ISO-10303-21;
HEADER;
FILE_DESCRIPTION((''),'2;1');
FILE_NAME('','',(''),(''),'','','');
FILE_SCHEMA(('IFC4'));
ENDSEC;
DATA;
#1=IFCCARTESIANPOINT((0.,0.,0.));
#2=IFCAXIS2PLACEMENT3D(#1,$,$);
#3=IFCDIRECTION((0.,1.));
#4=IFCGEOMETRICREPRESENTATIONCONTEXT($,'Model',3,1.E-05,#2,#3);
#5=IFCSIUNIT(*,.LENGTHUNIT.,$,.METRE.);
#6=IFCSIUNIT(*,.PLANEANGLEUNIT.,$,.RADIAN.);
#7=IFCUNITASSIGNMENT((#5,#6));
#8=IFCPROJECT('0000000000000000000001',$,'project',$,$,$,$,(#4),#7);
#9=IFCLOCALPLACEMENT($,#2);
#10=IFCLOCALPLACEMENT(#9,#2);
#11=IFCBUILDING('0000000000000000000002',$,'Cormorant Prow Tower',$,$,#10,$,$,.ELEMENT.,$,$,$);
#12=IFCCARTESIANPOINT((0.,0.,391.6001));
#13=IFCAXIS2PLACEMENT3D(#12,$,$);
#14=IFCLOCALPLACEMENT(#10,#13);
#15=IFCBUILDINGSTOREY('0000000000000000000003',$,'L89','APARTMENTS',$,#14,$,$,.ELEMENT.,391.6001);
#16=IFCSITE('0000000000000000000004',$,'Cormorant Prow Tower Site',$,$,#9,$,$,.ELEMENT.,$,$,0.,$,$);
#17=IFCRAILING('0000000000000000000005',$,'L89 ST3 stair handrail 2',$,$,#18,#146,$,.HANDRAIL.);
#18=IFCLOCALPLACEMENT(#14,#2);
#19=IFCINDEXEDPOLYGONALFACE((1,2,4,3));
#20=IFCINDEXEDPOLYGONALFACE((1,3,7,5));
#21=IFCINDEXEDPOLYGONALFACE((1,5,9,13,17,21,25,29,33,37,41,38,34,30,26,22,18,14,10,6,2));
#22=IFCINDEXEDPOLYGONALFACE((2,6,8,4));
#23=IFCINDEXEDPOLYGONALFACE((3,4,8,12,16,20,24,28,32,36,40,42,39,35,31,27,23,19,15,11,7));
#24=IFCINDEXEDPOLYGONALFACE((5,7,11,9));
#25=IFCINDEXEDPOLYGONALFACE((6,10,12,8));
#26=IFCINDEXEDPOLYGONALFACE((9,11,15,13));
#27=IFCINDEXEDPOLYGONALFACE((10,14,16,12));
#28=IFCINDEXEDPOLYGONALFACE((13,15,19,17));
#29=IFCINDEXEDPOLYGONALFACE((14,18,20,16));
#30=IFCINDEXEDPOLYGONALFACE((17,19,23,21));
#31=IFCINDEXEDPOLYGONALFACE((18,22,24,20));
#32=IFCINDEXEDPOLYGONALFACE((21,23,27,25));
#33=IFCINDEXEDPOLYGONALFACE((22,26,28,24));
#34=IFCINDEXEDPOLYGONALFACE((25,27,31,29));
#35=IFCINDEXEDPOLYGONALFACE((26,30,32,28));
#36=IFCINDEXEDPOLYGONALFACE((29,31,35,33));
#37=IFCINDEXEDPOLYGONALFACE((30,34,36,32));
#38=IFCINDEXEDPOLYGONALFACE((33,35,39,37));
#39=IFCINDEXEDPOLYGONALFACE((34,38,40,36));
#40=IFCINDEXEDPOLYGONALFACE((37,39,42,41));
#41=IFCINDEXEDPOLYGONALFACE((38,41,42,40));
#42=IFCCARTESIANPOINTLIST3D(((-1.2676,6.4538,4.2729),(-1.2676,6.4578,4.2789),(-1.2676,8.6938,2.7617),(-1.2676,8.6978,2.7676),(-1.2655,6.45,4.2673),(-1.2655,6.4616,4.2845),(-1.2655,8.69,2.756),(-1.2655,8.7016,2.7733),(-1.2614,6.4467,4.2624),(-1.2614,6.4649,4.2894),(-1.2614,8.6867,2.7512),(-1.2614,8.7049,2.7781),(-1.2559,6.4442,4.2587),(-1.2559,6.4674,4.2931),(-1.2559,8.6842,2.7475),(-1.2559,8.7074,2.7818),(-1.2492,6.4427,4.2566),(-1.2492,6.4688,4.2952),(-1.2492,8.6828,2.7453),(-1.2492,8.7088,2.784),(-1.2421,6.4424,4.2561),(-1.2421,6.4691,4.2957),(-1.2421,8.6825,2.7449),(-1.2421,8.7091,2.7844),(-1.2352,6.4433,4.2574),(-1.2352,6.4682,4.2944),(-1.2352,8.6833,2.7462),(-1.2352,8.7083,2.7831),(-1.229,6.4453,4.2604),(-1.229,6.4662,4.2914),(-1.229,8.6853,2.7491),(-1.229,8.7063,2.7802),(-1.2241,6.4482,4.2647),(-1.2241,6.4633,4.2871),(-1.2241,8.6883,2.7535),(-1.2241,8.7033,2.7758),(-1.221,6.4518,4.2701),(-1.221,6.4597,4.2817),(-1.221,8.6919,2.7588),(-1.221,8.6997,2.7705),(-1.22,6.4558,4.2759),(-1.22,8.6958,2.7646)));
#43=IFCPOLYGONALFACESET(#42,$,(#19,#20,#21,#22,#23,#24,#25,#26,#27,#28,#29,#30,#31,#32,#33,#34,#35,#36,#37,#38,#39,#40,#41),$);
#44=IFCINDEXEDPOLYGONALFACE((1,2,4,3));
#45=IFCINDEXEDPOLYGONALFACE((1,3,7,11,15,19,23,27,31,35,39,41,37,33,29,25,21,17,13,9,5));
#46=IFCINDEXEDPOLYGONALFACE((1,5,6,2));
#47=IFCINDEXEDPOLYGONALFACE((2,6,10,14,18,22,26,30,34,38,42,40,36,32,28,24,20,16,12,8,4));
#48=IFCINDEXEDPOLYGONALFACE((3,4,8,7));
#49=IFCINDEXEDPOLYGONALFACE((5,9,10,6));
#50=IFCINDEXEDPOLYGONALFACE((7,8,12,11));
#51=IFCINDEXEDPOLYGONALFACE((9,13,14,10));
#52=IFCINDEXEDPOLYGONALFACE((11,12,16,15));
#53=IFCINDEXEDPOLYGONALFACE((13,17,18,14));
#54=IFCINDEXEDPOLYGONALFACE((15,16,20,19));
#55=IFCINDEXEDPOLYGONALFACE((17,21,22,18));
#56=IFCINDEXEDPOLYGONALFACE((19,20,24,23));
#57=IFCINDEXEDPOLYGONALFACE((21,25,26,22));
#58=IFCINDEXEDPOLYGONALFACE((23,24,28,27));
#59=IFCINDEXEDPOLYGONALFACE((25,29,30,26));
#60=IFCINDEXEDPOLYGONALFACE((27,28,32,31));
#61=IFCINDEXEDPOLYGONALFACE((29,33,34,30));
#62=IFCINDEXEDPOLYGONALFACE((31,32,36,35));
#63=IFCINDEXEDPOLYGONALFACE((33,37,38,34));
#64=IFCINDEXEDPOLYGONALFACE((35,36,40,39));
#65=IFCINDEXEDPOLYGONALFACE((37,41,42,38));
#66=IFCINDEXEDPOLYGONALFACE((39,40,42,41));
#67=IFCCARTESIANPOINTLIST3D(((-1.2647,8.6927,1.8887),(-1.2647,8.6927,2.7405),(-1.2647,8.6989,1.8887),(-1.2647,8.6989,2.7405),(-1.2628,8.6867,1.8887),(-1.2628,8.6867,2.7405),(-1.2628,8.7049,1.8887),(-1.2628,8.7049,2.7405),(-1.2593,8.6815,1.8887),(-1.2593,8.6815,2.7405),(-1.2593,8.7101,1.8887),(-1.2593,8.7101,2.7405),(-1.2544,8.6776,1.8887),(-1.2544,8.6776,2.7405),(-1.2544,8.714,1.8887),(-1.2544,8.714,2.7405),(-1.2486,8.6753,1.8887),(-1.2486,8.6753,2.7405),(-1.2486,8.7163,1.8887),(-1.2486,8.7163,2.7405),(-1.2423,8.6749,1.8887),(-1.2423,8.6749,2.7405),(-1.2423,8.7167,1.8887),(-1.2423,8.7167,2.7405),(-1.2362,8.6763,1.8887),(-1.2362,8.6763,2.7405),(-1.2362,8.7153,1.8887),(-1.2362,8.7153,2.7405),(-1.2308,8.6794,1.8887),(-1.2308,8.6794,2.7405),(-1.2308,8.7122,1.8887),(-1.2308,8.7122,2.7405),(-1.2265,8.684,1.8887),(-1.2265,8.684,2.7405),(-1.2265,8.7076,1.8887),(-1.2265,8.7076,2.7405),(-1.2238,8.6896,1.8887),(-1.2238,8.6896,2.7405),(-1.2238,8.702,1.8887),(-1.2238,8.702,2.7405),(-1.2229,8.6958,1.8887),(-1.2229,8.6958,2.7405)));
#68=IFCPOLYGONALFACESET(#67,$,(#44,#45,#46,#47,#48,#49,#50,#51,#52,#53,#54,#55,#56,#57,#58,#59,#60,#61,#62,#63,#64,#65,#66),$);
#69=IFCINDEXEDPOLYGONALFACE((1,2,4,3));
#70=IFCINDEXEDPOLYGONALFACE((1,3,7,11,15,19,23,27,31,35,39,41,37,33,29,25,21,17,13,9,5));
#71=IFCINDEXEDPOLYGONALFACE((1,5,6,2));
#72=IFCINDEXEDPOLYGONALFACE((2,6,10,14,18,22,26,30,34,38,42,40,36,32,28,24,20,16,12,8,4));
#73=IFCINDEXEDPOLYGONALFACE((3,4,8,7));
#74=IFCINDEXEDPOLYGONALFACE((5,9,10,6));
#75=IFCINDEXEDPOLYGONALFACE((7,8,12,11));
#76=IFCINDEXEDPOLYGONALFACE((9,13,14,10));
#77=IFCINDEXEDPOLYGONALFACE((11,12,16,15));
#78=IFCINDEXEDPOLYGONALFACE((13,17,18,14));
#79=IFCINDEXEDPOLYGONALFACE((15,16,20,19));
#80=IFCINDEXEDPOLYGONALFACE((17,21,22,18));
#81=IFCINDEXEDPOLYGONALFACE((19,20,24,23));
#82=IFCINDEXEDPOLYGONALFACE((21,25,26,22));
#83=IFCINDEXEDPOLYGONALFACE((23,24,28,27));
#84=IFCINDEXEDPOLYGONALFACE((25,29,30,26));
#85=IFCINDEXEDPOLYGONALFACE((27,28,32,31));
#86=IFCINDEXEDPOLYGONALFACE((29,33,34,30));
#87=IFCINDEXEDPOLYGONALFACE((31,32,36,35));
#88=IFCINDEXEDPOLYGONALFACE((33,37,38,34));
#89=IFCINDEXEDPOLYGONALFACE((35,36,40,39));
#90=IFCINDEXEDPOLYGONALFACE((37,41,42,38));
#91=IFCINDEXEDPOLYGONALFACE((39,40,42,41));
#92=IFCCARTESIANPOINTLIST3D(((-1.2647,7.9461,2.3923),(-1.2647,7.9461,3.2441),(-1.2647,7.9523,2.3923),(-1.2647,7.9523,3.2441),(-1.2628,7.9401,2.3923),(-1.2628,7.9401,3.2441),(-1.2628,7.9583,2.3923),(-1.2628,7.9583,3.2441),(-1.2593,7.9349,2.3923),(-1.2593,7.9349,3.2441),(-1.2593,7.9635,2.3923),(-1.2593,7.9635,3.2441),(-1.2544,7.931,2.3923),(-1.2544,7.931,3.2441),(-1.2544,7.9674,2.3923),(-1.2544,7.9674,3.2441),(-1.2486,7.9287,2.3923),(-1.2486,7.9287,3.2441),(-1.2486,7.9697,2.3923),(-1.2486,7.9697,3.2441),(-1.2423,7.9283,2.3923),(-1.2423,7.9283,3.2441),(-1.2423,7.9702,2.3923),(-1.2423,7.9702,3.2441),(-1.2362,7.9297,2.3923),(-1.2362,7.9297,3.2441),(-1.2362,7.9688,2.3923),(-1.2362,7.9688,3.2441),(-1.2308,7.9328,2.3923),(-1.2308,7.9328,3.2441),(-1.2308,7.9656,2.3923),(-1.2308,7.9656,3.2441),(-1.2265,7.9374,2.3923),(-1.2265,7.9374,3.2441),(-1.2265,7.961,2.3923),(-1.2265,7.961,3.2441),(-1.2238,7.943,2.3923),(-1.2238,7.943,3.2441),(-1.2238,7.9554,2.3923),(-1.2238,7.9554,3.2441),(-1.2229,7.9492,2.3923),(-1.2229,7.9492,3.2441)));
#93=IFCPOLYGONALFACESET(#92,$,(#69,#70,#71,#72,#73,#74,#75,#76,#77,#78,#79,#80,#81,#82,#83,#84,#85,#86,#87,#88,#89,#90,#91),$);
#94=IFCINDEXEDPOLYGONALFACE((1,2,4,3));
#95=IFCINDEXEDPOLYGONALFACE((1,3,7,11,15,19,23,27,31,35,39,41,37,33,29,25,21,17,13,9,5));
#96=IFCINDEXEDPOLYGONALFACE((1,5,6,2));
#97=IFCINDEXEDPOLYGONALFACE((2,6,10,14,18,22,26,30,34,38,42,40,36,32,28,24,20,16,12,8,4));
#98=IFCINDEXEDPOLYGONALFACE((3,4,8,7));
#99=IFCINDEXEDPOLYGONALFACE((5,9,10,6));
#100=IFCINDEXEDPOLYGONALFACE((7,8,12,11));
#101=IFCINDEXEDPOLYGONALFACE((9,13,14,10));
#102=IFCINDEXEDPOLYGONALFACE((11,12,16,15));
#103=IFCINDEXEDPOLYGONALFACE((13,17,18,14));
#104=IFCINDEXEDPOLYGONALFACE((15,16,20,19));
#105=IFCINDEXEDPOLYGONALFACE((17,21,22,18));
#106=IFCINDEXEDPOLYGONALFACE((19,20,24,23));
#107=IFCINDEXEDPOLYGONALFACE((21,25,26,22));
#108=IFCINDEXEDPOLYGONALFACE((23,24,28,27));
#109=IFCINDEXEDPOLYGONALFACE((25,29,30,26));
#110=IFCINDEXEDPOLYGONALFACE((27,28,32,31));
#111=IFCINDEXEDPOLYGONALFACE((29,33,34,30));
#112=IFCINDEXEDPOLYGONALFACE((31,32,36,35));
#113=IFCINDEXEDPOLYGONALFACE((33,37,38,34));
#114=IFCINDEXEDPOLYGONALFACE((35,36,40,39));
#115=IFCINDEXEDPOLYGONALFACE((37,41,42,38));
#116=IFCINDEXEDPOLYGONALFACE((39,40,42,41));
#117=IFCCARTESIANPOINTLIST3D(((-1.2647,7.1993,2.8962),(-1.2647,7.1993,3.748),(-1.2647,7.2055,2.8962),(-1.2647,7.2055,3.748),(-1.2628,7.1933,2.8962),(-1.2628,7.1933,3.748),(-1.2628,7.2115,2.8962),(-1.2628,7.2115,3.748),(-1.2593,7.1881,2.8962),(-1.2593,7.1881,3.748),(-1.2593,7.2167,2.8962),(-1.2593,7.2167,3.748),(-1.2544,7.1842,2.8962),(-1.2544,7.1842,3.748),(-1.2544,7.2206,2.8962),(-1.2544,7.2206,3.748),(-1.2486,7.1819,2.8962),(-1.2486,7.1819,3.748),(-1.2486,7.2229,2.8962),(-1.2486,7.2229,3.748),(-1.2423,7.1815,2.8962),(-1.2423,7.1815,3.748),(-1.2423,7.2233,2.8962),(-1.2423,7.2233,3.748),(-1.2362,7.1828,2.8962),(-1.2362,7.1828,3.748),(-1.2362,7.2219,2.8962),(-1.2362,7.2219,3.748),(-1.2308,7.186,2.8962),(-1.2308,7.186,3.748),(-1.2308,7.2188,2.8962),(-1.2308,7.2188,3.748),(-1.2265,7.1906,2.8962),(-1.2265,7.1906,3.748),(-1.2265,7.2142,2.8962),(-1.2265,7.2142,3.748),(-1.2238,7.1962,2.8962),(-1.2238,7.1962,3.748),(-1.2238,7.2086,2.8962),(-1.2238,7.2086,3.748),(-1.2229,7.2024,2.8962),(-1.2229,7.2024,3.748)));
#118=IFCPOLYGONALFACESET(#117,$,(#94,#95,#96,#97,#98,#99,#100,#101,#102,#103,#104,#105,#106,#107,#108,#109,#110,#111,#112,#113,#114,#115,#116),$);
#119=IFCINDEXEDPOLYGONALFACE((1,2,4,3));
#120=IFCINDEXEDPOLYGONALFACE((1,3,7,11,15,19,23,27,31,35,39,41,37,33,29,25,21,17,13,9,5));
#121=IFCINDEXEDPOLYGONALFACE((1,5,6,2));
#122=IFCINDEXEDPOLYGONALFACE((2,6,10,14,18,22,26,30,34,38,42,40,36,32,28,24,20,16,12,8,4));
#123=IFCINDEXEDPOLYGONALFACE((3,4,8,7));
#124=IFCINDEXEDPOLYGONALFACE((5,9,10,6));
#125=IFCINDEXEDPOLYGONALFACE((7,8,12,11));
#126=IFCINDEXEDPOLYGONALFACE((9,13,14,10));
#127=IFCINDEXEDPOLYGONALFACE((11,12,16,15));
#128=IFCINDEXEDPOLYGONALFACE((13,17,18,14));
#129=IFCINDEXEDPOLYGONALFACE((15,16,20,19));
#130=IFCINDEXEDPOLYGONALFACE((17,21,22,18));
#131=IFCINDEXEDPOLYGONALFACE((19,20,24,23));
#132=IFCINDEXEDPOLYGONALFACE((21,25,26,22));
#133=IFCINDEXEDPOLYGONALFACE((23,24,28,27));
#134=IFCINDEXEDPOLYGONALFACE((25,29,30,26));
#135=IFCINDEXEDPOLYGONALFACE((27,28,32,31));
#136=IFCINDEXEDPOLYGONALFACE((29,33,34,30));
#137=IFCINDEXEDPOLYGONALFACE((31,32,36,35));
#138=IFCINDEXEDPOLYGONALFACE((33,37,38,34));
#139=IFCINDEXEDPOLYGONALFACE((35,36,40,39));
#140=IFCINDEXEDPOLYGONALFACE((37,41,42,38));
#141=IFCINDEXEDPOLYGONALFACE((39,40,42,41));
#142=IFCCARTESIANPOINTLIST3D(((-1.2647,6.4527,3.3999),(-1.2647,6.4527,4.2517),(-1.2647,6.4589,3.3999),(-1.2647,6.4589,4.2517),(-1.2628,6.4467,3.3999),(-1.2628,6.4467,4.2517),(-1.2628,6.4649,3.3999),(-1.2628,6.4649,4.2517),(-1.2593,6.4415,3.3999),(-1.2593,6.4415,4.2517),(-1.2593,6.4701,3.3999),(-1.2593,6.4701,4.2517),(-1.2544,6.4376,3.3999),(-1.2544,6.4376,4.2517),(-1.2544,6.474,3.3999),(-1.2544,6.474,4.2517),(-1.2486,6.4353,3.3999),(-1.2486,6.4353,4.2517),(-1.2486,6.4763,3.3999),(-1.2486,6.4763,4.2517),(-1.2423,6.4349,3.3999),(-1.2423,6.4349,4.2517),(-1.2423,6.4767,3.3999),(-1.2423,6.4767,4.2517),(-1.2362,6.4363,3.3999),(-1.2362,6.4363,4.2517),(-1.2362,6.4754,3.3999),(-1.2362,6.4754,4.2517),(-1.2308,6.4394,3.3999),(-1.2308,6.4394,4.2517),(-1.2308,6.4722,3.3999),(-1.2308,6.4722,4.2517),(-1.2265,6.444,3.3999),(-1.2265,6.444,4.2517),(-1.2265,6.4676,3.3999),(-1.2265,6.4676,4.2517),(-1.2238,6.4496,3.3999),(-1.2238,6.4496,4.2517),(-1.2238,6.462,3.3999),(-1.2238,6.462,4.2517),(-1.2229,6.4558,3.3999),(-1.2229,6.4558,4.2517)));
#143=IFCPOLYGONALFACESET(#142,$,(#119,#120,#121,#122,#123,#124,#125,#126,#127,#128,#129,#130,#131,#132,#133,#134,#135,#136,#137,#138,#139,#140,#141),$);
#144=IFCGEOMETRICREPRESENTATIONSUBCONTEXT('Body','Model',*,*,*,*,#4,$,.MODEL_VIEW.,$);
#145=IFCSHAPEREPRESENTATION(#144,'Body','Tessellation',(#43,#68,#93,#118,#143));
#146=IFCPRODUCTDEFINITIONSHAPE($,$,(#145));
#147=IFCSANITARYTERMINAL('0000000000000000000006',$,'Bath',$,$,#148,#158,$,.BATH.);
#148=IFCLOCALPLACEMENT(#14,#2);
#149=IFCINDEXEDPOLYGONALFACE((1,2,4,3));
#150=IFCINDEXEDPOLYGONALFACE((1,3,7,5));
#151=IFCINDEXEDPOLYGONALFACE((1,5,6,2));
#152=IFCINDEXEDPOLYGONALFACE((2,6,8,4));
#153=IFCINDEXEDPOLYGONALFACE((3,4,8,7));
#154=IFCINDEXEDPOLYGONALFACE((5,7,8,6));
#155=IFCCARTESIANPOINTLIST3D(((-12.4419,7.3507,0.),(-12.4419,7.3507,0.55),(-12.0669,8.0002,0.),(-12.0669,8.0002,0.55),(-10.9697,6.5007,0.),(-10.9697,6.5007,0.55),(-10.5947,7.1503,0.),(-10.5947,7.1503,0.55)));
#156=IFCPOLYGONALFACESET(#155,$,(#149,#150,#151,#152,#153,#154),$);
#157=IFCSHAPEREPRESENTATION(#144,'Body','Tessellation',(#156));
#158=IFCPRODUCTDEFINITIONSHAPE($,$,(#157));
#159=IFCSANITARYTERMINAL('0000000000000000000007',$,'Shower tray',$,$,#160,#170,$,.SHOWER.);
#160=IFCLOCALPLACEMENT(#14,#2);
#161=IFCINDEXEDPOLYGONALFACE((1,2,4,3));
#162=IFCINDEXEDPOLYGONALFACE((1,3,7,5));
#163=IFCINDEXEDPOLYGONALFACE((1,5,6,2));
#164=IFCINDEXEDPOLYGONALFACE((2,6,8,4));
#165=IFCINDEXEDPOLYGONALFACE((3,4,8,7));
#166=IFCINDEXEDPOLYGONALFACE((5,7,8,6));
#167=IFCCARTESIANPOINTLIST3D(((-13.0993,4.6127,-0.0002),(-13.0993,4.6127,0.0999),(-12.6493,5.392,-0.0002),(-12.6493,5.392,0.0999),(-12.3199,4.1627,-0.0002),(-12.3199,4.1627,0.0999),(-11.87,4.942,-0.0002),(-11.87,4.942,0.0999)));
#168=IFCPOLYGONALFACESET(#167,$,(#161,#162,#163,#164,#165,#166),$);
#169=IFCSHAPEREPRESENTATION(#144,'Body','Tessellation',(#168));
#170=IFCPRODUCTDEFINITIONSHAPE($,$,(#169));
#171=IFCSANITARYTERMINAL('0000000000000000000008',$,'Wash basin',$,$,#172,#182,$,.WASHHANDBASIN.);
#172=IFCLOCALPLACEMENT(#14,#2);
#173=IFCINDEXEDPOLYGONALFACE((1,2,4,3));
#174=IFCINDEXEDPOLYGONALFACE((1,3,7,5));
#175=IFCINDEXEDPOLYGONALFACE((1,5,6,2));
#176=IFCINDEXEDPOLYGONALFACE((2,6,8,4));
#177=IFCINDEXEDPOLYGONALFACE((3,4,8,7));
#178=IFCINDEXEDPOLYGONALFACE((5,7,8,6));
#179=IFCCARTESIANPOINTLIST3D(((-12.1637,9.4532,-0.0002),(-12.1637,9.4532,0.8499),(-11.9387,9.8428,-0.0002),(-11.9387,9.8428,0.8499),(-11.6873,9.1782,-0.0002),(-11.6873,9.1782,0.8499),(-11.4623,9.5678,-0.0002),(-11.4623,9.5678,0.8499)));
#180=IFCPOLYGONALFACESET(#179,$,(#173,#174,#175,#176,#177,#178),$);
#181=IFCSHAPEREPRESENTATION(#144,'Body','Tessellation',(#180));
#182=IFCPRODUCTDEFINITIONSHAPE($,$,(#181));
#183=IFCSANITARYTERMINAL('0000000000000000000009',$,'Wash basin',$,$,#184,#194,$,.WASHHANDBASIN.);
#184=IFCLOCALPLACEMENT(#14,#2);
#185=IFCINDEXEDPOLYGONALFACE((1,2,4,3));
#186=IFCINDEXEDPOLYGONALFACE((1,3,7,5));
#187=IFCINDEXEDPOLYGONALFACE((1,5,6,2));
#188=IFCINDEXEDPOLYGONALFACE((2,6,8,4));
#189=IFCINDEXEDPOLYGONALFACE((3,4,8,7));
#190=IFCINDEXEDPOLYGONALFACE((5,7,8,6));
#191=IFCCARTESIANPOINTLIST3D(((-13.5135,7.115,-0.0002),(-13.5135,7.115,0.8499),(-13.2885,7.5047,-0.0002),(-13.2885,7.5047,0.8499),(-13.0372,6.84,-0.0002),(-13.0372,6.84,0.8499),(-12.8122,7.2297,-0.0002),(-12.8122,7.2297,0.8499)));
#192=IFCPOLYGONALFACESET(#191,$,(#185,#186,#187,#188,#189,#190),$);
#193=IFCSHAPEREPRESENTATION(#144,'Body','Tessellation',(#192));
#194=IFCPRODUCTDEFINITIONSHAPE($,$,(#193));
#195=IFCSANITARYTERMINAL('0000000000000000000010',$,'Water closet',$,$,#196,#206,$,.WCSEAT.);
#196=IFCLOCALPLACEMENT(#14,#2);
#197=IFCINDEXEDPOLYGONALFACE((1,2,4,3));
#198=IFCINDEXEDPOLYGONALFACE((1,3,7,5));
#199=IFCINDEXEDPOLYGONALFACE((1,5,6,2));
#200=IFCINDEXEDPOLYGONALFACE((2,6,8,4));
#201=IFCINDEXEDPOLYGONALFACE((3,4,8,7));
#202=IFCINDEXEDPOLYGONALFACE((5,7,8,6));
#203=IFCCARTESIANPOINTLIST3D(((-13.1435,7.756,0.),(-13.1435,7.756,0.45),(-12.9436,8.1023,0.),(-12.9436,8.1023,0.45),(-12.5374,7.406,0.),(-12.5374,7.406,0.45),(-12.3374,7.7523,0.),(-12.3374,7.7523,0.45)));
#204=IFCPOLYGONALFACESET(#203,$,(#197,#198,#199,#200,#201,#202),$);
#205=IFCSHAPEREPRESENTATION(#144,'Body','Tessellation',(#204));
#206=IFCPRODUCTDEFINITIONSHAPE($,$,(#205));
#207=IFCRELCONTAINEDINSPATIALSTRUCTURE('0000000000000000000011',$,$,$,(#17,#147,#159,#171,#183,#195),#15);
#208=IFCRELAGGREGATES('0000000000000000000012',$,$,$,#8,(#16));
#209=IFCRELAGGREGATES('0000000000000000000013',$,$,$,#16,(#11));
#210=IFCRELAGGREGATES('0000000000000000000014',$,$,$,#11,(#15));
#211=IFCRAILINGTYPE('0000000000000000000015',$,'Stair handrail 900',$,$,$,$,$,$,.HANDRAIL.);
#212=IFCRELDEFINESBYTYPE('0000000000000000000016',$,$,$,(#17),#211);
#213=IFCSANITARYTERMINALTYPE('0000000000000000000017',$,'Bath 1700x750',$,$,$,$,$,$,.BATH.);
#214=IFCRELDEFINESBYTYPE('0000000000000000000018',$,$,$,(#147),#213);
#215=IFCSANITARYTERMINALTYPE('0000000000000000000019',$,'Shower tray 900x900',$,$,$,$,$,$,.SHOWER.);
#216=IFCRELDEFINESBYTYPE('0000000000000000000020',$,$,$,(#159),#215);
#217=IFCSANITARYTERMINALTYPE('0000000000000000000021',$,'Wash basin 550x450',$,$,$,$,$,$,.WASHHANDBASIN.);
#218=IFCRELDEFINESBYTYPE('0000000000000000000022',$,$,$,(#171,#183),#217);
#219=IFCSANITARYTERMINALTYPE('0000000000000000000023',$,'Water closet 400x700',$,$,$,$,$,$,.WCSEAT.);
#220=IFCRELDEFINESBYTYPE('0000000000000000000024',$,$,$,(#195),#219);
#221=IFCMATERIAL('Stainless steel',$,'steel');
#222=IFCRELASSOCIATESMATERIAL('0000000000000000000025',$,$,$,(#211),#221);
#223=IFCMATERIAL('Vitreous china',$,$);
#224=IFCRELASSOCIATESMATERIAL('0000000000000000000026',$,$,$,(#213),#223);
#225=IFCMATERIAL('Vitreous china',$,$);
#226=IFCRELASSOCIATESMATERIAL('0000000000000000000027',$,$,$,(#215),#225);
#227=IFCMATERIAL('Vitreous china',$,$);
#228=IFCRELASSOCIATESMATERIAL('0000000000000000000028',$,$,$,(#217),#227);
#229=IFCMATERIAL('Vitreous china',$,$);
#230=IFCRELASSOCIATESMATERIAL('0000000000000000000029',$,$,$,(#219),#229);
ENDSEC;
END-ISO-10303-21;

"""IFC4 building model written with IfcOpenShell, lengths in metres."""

from ifc_helpers import new_model, si_unit, direction, frame, origin, origin_2d, place, context, subcontext, project, spatial, rectangle, circle, extrude, material, type_object, element, save


model = new_model("IFC4")

# Units and contexts
model_context = context("Model", 3, precision=1e-05, world=origin(), true_north=direction((0.0, 1.0)))
body_context = subcontext(model_context, "Body", "Model", "MODEL_VIEW")
ifc_project = project(units=[si_unit("LENGTHUNIT", "METRE"), si_unit("PLANEANGLEUNIT", "RADIAN")], contexts=[model_context])

# Site, building, storey
site_placement = place(None, origin())
site = spatial("IfcSite", under=ifc_project, at=site_placement, Name="Cormorant Prow Tower Site", CompositionType="ELEMENT", RefElevation=0.0)
building_placement = place(site_placement, origin())
building = spatial("IfcBuilding", under=site, at=building_placement, Name="Cormorant Prow Tower", CompositionType="ELEMENT")
storey_placement = place(building_placement, frame((0.0, 0.0, 391.6001)))
storey = spatial("IfcBuildingStorey", under=building, at=storey_placement, Name="L89", Description="APARTMENTS", CompositionType="ELEMENT", Elevation=391.6001)

# Railing
ifc_material_1 = material(Name="Stainless steel", Category="steel")
railing_type = type_object("IfcRailingType", Name="Stair handrail 900", PredefinedType="HANDRAIL", material=ifc_material_1)
railing_placement = place(storey_placement, frame((-1.2439, 8.6958, 1.8887)))
element("IfcRailing", 1, at=railing_placement, inside=storey, type_object=railing_type, Name="L89 ST3 stair handrail 2", PredefinedType="HANDRAIL", context=body_context, shape_type="SweptSolid", body=[
    extrude(circle(Radius=0.0239, at=origin_2d()), frame((0.0, 0.0, 0.876), z_axis=(0.0, -0.82898, 0.559279), x_axis=(1.0, 0.0, 0.0)), (0.0, 0.0, 1.0), 2.7021),
    extrude(circle(Radius=0.021, at=origin_2d()), origin(), (0.0, 0.0, 1.0), 0.8518),
    extrude(circle(Radius=0.021, at=origin_2d()), frame((0.0, -0.7466, 0.5037)), (0.0, 0.0, 1.0), 0.8518),
    extrude(circle(Radius=0.021, at=origin_2d()), frame((0.0, -1.4934, 1.0076)), (0.0, 0.0, 1.0), 0.8518),
    extrude(circle(Radius=0.021, at=origin_2d()), frame((0.0, -2.24, 1.5112)), (0.0, 0.0, 1.0), 0.8518),
])

# Sanitary terminals
ifc_material_2 = material(Name="Vitreous china")
sanitary_terminal_type_1 = type_object("IfcSanitaryTerminalType", Name="Bath 1700x750", PredefinedType="BATH", material=ifc_material_2)
sanitary_terminal_1_placement = place(storey_placement, frame((-11.5183, 7.2505, 0.0), z_axis=(0.0, 0.0, 1.0), x_axis=(-0.866025, 0.5, 0.0)))
element("IfcSanitaryTerminal", 2, at=sanitary_terminal_1_placement, inside=storey, type_object=sanitary_terminal_type_1, Name="Bath", PredefinedType="BATH", context=body_context, shape_type="SweptSolid", body=[
    extrude(rectangle(XDim=1.7, YDim=0.75, at=origin_2d()), origin(), (0.0, 0.0, 1.0), 0.55),
])
ifc_material_3 = material(Name="Vitreous china")
sanitary_terminal_type_2 = type_object("IfcSanitaryTerminalType", Name="Shower tray 900x900", PredefinedType="SHOWER", material=ifc_material_3)
sanitary_terminal_2_placement = place(storey_placement, frame((-12.4846, 4.7773, -0.0002), z_axis=(0.0, 0.0, 1.0), x_axis=(-0.866025, 0.5, 0.0)))
element("IfcSanitaryTerminal", 3, at=sanitary_terminal_2_placement, inside=storey, type_object=sanitary_terminal_type_2, Name="Shower tray", PredefinedType="SHOWER", context=body_context, shape_type="SweptSolid", body=[
    extrude(rectangle(XDim=0.8999, YDim=0.8999, at=origin_2d()), origin(), (0.0, 0.0, 1.0), 0.1001),
])
ifc_material_4 = material(Name="Vitreous china")
sanitary_terminal_type_3 = type_object("IfcSanitaryTerminalType", Name="Wash basin 550x450", PredefinedType="WASHHANDBASIN", material=ifc_material_4)
for number, where, z_axis, x_axis, name in (
    (4, (-11.813, 9.5105, -0.0002), (0.0, 0.0, 1.0), (0.866025, -0.5, 0.0), "Wash basin"),
    (5, (-13.1628, 7.1724, -0.0002), (0.0, 0.0, 1.0), (0.866025, -0.5, 0.0), "Wash basin"),
):
    element("IfcSanitaryTerminal", number, at=place(storey_placement, frame(where, z_axis=z_axis, x_axis=x_axis)), inside=storey, type_object=sanitary_terminal_type_3, Name=name, PredefinedType="WASHHANDBASIN", context=body_context, shape_type="SweptSolid", body=[
        extrude(rectangle(XDim=0.55, YDim=0.45, at=origin_2d()), origin(), (0.0, 0.0, 1.0), 0.8501),
    ])
ifc_material_5 = material(Name="Vitreous china")
sanitary_terminal_type_4 = type_object("IfcSanitaryTerminalType", Name="Water closet 400x700", PredefinedType="WCSEAT", material=ifc_material_5)
sanitary_terminal_3_placement = place(storey_placement, frame((-12.7405, 7.7542, 0.0), z_axis=(0.0, 0.0, 1.0), x_axis=(0.5, 0.866025, 0.0)))
element("IfcSanitaryTerminal", 6, at=sanitary_terminal_3_placement, inside=storey, type_object=sanitary_terminal_type_4, Name="Water closet", PredefinedType="WCSEAT", context=body_context, shape_type="SweptSolid", body=[
    extrude(rectangle(XDim=0.3999, YDim=0.7, at=origin_2d()), origin(), (0.0, 0.0, 1.0), 0.45),
])

save(model, "model.ifc")
